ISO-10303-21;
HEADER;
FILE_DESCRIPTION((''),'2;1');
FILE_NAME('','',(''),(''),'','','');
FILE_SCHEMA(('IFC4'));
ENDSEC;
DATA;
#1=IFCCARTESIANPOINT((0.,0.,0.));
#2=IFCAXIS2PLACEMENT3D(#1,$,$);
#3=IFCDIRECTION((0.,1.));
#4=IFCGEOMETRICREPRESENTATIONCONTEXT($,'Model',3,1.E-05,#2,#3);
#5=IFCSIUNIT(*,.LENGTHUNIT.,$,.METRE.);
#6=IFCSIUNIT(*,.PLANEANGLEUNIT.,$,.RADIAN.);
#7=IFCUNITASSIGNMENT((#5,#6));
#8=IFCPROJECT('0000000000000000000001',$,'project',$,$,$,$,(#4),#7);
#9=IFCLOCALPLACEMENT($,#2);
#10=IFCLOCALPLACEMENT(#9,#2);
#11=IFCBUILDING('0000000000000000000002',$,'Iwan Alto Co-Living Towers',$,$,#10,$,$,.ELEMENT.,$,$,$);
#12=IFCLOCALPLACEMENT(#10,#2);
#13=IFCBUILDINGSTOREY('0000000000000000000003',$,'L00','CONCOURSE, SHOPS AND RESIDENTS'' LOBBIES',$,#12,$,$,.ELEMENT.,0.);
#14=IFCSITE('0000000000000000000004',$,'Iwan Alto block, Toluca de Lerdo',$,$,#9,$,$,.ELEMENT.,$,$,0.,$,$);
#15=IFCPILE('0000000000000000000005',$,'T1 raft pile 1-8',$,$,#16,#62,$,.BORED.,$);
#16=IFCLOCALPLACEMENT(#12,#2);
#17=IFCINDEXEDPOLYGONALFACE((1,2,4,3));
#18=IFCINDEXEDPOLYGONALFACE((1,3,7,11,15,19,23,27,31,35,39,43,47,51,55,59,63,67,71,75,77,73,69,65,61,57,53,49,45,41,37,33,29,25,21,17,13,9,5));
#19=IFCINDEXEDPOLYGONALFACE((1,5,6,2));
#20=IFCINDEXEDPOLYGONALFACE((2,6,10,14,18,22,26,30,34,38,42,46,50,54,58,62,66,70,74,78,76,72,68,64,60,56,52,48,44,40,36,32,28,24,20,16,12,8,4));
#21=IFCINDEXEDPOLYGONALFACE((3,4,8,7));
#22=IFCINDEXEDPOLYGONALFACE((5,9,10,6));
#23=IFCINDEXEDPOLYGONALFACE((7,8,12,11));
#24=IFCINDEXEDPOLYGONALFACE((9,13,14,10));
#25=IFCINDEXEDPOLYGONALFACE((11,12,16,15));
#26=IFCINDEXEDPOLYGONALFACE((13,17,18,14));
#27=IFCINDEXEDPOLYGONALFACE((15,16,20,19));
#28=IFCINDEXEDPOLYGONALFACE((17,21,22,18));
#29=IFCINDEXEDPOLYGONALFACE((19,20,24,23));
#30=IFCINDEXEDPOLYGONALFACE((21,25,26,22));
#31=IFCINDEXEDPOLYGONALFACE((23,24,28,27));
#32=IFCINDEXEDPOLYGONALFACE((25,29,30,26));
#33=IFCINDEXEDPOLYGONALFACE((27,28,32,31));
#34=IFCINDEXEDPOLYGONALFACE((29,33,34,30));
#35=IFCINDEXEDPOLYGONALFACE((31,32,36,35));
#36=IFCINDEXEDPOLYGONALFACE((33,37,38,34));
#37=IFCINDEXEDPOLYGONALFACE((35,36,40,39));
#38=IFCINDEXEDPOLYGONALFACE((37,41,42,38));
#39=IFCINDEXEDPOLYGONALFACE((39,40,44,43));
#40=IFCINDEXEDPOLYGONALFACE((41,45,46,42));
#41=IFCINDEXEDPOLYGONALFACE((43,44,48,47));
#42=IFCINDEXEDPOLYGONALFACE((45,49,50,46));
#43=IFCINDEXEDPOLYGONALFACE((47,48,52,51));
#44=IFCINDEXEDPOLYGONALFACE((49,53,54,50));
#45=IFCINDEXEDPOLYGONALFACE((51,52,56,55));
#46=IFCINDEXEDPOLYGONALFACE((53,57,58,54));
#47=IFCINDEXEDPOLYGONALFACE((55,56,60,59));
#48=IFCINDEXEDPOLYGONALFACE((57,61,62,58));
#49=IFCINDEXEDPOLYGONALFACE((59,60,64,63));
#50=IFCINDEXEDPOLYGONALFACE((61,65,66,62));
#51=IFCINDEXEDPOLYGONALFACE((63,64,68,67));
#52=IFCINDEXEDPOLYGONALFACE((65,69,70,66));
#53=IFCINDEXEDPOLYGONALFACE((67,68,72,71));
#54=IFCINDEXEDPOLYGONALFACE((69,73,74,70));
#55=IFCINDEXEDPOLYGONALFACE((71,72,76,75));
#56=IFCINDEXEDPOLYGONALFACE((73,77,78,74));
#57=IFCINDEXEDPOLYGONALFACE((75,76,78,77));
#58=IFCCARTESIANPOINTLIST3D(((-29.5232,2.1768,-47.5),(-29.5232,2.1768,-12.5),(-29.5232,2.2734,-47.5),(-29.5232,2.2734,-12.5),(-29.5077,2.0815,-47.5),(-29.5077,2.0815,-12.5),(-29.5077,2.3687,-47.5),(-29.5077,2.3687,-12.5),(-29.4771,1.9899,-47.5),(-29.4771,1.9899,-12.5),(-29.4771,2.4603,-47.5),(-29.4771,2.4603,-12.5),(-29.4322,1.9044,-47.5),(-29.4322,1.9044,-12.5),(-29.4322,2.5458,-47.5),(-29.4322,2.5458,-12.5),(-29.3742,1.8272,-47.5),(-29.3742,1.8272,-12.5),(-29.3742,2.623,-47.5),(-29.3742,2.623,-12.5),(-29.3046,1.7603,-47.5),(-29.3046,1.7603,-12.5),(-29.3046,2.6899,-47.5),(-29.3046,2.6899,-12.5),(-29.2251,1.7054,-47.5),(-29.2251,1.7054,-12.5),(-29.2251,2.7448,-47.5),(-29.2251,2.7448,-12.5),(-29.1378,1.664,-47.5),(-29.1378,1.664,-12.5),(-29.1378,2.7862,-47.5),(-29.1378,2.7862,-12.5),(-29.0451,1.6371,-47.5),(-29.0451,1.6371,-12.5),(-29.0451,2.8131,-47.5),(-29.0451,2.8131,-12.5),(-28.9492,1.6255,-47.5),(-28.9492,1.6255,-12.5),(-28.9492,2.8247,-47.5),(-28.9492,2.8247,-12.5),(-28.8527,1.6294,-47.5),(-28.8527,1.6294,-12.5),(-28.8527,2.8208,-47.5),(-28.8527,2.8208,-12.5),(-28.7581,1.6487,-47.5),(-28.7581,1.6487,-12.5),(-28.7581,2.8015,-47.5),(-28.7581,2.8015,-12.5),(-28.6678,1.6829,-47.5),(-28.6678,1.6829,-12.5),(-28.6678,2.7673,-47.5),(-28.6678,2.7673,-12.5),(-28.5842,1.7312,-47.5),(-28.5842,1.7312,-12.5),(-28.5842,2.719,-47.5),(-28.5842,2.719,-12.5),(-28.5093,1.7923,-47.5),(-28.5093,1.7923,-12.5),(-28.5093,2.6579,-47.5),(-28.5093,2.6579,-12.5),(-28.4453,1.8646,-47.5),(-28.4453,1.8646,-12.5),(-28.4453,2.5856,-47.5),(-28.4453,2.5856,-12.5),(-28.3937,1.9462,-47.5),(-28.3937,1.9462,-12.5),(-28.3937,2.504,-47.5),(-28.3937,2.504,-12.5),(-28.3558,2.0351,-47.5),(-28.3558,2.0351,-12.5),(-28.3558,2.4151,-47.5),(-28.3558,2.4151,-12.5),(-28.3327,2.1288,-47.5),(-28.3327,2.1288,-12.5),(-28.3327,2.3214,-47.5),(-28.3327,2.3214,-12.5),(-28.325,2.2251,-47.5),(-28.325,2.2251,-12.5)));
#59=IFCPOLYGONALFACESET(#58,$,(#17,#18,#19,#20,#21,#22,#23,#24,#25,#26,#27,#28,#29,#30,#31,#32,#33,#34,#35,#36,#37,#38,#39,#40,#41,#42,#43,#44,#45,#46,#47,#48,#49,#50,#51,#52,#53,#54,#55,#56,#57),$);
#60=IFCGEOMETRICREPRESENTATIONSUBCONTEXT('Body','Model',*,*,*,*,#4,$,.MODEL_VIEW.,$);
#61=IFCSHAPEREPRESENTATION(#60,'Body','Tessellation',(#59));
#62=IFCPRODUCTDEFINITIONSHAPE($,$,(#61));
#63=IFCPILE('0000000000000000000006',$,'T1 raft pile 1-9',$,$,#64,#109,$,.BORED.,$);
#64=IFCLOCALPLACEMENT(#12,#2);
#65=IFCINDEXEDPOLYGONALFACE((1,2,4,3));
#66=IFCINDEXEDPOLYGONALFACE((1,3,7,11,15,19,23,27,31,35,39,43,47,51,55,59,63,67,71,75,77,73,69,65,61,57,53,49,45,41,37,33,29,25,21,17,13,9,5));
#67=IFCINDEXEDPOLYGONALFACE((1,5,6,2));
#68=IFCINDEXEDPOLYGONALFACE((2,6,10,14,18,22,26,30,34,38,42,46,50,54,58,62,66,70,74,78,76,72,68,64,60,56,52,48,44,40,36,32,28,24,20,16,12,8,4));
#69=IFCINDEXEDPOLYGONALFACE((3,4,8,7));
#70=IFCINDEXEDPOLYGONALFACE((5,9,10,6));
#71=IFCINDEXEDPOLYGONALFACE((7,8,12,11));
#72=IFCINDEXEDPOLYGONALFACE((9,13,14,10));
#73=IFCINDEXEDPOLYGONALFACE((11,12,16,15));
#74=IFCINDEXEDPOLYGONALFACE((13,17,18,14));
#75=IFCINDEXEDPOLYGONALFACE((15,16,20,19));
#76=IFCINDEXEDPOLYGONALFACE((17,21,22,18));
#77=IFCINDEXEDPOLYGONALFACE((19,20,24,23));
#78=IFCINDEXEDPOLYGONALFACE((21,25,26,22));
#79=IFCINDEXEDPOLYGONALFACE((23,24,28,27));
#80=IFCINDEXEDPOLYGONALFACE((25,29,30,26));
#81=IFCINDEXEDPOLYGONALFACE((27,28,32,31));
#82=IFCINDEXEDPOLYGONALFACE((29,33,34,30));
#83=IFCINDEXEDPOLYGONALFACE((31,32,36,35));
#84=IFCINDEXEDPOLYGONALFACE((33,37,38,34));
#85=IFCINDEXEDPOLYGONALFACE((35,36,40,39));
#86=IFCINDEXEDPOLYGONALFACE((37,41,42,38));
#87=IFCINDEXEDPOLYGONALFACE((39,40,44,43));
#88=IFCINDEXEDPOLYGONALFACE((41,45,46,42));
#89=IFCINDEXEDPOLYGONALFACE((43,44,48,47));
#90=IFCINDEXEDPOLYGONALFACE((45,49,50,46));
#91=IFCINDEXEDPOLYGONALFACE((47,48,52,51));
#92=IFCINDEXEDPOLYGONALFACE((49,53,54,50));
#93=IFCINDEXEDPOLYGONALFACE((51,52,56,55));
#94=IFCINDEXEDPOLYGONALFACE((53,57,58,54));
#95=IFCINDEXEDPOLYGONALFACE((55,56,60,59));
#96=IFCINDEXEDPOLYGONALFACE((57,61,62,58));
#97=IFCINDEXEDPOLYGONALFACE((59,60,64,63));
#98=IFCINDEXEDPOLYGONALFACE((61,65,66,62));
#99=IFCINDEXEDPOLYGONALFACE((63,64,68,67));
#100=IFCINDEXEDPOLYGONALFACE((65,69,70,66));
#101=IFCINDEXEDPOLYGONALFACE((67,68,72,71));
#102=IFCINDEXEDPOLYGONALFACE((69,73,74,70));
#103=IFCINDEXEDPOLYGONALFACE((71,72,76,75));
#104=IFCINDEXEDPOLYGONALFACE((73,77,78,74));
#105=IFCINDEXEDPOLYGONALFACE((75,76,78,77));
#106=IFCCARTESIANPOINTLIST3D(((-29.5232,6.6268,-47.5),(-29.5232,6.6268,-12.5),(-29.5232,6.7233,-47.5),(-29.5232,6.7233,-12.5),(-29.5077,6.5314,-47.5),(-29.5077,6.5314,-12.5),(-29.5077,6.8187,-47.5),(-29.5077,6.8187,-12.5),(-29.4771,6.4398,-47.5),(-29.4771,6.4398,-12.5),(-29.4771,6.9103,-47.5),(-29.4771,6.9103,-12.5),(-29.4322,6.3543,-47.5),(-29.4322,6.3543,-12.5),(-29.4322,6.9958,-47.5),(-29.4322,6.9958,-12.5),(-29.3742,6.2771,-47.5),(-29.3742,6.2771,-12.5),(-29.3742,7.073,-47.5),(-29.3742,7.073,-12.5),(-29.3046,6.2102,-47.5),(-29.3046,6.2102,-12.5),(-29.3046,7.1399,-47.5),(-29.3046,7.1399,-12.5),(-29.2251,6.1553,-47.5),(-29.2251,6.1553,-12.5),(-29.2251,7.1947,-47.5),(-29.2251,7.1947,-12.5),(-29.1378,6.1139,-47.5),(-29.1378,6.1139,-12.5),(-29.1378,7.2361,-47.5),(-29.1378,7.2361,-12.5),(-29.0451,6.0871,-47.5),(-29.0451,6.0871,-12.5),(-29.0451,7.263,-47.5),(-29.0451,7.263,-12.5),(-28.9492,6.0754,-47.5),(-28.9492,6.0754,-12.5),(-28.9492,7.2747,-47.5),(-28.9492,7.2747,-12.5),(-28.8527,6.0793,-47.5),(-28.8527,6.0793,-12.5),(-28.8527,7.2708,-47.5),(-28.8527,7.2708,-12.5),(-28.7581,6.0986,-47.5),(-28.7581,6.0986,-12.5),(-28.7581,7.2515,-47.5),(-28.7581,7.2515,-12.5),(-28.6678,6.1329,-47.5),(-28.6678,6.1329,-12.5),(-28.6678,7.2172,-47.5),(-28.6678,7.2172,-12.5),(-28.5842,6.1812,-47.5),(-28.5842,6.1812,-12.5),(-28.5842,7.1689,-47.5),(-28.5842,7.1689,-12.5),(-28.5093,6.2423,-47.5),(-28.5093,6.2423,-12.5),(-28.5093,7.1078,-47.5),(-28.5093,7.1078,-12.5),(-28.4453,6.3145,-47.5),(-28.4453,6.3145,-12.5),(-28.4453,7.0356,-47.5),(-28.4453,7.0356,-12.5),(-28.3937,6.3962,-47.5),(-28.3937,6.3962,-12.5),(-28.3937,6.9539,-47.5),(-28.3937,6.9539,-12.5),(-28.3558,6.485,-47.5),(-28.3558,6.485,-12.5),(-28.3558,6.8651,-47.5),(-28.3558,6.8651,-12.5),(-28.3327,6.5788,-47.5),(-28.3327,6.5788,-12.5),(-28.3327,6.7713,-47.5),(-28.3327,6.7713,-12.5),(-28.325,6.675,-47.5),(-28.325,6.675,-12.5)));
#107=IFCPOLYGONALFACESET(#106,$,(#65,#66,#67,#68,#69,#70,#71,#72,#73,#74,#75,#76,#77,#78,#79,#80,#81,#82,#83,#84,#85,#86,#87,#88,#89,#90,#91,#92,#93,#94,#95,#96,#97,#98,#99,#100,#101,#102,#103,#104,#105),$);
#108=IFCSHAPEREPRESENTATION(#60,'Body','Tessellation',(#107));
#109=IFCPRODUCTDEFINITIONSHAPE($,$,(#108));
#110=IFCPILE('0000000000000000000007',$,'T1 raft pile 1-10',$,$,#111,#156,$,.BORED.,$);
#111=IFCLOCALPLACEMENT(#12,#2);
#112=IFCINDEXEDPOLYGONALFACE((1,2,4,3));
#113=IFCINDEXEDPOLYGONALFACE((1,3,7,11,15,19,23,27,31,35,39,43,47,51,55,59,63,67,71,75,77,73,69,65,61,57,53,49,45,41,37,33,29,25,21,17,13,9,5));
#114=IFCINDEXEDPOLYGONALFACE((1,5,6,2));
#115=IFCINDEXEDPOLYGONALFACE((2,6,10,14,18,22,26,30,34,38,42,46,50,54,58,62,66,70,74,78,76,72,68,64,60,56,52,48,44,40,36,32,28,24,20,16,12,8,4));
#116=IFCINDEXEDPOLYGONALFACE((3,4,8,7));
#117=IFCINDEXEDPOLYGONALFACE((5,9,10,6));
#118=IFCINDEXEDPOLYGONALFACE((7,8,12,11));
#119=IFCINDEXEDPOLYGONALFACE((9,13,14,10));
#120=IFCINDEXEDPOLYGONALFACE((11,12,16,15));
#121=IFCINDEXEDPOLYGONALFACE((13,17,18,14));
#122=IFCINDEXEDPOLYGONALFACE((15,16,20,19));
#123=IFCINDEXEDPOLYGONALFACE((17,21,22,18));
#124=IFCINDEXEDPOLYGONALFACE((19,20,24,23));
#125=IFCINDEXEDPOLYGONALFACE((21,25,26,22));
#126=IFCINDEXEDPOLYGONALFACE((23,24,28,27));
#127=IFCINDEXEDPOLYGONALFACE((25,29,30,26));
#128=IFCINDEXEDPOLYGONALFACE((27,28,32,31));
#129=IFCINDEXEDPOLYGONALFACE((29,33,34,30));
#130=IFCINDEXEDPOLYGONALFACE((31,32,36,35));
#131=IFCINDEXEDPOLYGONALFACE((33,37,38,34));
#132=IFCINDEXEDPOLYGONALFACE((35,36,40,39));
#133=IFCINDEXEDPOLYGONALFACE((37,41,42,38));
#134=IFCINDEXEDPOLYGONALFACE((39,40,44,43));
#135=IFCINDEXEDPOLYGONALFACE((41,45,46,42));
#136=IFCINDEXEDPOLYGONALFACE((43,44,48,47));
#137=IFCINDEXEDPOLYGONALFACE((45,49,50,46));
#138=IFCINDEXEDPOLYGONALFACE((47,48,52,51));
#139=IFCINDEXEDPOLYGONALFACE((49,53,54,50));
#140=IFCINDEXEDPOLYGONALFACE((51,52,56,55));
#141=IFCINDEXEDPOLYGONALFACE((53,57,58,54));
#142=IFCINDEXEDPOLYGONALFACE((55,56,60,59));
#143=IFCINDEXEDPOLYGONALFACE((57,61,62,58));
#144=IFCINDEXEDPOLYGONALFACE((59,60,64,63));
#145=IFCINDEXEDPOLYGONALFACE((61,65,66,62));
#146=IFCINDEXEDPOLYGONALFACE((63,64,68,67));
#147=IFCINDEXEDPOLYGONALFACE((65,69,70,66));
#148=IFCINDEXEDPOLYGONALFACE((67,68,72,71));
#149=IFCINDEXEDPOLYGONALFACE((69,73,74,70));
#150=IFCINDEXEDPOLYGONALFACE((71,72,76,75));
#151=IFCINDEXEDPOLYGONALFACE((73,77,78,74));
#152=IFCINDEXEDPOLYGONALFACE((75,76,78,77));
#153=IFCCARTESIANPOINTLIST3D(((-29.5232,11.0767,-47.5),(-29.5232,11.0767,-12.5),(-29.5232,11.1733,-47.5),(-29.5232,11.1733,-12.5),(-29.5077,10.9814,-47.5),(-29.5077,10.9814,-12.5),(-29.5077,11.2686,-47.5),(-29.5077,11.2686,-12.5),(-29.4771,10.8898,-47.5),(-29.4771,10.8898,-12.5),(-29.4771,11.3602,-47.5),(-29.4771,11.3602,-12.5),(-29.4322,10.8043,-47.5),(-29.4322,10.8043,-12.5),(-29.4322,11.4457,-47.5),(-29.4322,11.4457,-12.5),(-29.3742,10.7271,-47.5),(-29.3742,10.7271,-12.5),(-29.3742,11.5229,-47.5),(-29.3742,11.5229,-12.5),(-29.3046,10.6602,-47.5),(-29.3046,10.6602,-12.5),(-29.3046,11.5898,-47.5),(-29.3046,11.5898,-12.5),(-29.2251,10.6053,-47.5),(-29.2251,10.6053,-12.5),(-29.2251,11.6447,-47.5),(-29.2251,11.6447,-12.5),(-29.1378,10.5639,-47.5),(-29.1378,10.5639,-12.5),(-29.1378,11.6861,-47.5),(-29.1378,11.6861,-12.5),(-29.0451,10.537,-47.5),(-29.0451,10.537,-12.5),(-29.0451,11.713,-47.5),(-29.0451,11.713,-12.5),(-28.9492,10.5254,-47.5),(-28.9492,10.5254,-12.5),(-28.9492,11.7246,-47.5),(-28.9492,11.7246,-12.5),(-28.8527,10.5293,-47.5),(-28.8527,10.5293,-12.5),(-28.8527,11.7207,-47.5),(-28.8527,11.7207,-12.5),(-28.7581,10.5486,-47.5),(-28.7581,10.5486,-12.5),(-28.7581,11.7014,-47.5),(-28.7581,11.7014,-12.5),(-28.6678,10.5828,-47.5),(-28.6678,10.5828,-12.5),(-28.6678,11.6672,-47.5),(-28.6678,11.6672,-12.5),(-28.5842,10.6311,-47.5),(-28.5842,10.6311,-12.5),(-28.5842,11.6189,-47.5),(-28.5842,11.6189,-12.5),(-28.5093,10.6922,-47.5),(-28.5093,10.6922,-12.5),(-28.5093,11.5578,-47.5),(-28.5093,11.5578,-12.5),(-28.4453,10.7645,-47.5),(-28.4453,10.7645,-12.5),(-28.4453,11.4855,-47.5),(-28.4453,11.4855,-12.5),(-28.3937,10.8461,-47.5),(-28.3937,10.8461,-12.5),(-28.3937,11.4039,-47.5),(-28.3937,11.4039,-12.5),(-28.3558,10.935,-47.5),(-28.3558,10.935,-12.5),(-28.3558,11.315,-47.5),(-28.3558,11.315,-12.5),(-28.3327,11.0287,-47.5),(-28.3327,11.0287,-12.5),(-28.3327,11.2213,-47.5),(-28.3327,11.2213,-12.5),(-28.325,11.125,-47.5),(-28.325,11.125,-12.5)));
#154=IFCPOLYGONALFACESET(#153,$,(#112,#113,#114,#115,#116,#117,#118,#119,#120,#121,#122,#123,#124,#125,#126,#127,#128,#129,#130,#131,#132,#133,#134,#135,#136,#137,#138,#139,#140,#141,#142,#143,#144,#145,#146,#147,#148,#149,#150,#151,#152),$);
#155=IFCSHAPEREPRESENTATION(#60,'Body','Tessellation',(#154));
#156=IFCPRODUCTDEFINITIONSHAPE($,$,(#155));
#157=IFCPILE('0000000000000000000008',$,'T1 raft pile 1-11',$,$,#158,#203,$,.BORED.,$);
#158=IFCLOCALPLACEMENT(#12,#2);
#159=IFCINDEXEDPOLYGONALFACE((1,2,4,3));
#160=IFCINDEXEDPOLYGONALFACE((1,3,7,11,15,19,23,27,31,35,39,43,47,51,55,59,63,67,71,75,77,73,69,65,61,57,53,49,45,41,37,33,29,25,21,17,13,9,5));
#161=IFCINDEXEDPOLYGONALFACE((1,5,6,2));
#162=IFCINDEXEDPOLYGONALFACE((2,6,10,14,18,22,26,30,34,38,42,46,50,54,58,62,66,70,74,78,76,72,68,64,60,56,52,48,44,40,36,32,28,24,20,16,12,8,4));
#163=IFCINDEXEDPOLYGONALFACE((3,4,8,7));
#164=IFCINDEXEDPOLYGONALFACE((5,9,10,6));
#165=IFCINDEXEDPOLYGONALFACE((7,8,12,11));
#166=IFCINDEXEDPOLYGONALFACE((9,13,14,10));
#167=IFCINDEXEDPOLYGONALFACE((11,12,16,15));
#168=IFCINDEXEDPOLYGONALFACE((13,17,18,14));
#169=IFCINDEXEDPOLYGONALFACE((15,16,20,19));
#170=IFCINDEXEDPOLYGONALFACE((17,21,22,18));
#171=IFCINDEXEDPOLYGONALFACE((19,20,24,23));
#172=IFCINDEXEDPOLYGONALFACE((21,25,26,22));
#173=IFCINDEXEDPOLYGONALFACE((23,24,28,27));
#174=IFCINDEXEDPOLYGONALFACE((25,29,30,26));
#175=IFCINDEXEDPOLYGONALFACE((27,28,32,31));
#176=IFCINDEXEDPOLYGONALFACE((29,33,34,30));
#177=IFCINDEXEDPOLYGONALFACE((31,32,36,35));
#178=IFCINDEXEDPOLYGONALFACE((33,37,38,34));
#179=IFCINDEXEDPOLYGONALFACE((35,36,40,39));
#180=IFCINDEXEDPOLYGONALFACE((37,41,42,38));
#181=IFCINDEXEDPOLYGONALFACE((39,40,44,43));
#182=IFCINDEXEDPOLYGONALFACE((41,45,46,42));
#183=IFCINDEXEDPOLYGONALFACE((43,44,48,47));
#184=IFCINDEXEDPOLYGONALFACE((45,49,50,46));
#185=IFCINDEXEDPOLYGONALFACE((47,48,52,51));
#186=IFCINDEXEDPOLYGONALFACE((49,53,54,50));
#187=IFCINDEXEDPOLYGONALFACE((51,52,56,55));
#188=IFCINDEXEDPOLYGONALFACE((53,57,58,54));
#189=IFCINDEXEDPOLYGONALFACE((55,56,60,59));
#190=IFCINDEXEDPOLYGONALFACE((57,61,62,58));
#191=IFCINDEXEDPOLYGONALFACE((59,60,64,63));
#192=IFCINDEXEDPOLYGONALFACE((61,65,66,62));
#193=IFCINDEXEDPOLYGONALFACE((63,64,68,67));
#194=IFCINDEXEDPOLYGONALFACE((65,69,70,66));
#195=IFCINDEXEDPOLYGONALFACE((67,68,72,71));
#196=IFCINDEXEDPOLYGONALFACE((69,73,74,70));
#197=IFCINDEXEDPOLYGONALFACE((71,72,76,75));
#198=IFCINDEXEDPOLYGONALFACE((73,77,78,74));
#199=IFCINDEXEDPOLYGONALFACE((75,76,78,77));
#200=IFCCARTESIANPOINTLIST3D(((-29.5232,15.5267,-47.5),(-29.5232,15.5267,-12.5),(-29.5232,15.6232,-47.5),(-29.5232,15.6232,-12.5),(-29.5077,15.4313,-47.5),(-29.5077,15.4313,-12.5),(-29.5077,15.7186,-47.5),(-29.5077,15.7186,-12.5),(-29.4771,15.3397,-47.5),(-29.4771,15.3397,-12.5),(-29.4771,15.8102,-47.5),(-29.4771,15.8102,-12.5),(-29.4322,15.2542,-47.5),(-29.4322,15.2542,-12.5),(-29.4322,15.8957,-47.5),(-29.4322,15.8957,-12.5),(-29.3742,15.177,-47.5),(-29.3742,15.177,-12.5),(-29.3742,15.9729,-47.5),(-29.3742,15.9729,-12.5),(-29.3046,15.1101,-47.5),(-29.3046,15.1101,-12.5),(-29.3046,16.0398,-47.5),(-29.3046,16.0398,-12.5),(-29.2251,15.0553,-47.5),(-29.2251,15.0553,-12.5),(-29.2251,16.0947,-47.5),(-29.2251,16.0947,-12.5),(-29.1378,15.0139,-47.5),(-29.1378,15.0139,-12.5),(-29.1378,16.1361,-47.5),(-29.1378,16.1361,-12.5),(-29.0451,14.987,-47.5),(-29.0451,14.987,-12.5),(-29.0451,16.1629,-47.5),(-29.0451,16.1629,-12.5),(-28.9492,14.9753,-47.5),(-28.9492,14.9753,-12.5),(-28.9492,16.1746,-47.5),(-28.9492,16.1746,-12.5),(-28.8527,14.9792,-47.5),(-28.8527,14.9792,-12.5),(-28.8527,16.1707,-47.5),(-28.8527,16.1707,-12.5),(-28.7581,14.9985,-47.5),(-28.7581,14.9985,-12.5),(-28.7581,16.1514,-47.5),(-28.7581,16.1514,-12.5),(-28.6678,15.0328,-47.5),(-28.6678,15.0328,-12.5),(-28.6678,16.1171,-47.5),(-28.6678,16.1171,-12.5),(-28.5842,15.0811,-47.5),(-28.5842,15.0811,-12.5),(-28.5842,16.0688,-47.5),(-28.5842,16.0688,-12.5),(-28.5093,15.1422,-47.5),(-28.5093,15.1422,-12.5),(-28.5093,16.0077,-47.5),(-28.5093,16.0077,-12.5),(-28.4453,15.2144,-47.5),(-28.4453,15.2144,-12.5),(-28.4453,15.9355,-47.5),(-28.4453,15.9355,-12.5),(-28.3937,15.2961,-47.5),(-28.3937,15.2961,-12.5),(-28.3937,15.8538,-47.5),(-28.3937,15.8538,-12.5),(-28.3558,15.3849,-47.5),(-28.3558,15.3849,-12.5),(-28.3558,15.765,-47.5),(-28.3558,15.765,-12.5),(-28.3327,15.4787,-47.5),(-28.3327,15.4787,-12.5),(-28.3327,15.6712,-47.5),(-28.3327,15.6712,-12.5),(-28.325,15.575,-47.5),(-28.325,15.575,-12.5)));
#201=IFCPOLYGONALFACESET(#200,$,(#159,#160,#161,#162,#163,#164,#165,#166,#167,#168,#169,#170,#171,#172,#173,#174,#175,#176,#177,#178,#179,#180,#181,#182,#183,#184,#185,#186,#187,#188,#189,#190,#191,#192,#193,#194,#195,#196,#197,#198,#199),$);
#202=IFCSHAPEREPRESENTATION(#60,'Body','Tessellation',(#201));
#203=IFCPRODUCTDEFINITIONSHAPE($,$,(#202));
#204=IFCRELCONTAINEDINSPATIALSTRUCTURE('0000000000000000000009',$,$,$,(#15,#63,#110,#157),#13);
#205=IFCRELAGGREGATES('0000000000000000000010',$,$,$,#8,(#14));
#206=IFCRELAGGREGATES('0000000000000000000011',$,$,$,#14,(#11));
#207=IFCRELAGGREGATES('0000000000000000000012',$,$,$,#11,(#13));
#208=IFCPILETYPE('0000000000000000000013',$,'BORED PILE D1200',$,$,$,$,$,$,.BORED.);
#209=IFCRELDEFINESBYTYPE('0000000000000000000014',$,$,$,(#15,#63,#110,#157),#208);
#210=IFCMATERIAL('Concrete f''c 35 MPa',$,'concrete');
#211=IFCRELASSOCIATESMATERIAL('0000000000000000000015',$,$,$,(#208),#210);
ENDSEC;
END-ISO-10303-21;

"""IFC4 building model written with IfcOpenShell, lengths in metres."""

from ifc_helpers import new_model, si_unit, direction, frame, origin, origin_2d, place, context, subcontext, project, spatial, circle, extrude, material, material_profile, profile_set, type_object, element, save


model = new_model("IFC4")

# Units and contexts
model_context = context("Model", 3, precision=1e-05, world=origin(), true_north=direction((0.0, 1.0)))
body_context = subcontext(model_context, "Body", "Model", "MODEL_VIEW")
ifc_project = project(units=[si_unit("LENGTHUNIT", "METRE"), si_unit("PLANEANGLEUNIT", "RADIAN")], contexts=[model_context])

# Site, building, storey
site_placement = place(None, origin())
site = spatial("IfcSite", under=ifc_project, at=site_placement, Name="Iwan Alto block, Toluca de Lerdo", CompositionType="ELEMENT", RefElevation=0.0)
building_placement = place(site_placement, origin())
building = spatial("IfcBuilding", under=site, at=building_placement, Name="Iwan Alto Co-Living Towers", CompositionType="ELEMENT")
storey_placement = place(building_placement, origin())
storey = spatial("IfcBuildingStorey", under=building, at=storey_placement, Name="L00", Description="CONCOURSE, SHOPS AND RESIDENTS' LOBBIES", CompositionType="ELEMENT", Elevation=0.0)

# Piles
ifc_material_1 = material(Name="Concrete f'c 35 MPa", Category="concrete")
ifc_material_profile_1 = material_profile(ifc_material_1, circle(Radius=0.6001, at=origin_2d()), Name="D1200")
ifc_profile_set_1 = profile_set([ifc_material_profile_1], Name="Concrete f'c 35 MPa")
pile_type_1 = type_object("IfcPileType", Name="BORED PILE D1200", PredefinedType="BORED", material=ifc_profile_set_1)
for number, where, z_axis, x_axis, name in (
    (1, (-28.925, 2.2251, -12.5), (0.0, 0.0, -1.0), (1.0, 0.0, 0.0), "T1 raft pile 1-8"),
    (2, (-28.925, 6.675, -12.5), (0.0, 0.0, -1.0), (1.0, 0.0, 0.0), "T1 raft pile 1-9"),
    (3, (-28.925, 11.125, -12.5), (0.0, 0.0, -1.0), (1.0, 0.0, 0.0), "T1 raft pile 1-10"),
    (4, (-28.925, 15.575, -12.5), (0.0, 0.0, -1.0), (1.0, 0.0, 0.0), "T1 raft pile 1-11"),
):
    element("IfcPile", number, at=place(storey_placement, frame(where, z_axis=z_axis, x_axis=x_axis)), inside=storey, type_object=pile_type_1, Name=name, PredefinedType="BORED", context=body_context, shape_type="SweptSolid", body=[
        extrude(circle(Radius=0.6001, at=origin_2d()), origin(), (0.0, 0.0, 1.0), 35.0),
    ])

save(model, "model.ifc")
